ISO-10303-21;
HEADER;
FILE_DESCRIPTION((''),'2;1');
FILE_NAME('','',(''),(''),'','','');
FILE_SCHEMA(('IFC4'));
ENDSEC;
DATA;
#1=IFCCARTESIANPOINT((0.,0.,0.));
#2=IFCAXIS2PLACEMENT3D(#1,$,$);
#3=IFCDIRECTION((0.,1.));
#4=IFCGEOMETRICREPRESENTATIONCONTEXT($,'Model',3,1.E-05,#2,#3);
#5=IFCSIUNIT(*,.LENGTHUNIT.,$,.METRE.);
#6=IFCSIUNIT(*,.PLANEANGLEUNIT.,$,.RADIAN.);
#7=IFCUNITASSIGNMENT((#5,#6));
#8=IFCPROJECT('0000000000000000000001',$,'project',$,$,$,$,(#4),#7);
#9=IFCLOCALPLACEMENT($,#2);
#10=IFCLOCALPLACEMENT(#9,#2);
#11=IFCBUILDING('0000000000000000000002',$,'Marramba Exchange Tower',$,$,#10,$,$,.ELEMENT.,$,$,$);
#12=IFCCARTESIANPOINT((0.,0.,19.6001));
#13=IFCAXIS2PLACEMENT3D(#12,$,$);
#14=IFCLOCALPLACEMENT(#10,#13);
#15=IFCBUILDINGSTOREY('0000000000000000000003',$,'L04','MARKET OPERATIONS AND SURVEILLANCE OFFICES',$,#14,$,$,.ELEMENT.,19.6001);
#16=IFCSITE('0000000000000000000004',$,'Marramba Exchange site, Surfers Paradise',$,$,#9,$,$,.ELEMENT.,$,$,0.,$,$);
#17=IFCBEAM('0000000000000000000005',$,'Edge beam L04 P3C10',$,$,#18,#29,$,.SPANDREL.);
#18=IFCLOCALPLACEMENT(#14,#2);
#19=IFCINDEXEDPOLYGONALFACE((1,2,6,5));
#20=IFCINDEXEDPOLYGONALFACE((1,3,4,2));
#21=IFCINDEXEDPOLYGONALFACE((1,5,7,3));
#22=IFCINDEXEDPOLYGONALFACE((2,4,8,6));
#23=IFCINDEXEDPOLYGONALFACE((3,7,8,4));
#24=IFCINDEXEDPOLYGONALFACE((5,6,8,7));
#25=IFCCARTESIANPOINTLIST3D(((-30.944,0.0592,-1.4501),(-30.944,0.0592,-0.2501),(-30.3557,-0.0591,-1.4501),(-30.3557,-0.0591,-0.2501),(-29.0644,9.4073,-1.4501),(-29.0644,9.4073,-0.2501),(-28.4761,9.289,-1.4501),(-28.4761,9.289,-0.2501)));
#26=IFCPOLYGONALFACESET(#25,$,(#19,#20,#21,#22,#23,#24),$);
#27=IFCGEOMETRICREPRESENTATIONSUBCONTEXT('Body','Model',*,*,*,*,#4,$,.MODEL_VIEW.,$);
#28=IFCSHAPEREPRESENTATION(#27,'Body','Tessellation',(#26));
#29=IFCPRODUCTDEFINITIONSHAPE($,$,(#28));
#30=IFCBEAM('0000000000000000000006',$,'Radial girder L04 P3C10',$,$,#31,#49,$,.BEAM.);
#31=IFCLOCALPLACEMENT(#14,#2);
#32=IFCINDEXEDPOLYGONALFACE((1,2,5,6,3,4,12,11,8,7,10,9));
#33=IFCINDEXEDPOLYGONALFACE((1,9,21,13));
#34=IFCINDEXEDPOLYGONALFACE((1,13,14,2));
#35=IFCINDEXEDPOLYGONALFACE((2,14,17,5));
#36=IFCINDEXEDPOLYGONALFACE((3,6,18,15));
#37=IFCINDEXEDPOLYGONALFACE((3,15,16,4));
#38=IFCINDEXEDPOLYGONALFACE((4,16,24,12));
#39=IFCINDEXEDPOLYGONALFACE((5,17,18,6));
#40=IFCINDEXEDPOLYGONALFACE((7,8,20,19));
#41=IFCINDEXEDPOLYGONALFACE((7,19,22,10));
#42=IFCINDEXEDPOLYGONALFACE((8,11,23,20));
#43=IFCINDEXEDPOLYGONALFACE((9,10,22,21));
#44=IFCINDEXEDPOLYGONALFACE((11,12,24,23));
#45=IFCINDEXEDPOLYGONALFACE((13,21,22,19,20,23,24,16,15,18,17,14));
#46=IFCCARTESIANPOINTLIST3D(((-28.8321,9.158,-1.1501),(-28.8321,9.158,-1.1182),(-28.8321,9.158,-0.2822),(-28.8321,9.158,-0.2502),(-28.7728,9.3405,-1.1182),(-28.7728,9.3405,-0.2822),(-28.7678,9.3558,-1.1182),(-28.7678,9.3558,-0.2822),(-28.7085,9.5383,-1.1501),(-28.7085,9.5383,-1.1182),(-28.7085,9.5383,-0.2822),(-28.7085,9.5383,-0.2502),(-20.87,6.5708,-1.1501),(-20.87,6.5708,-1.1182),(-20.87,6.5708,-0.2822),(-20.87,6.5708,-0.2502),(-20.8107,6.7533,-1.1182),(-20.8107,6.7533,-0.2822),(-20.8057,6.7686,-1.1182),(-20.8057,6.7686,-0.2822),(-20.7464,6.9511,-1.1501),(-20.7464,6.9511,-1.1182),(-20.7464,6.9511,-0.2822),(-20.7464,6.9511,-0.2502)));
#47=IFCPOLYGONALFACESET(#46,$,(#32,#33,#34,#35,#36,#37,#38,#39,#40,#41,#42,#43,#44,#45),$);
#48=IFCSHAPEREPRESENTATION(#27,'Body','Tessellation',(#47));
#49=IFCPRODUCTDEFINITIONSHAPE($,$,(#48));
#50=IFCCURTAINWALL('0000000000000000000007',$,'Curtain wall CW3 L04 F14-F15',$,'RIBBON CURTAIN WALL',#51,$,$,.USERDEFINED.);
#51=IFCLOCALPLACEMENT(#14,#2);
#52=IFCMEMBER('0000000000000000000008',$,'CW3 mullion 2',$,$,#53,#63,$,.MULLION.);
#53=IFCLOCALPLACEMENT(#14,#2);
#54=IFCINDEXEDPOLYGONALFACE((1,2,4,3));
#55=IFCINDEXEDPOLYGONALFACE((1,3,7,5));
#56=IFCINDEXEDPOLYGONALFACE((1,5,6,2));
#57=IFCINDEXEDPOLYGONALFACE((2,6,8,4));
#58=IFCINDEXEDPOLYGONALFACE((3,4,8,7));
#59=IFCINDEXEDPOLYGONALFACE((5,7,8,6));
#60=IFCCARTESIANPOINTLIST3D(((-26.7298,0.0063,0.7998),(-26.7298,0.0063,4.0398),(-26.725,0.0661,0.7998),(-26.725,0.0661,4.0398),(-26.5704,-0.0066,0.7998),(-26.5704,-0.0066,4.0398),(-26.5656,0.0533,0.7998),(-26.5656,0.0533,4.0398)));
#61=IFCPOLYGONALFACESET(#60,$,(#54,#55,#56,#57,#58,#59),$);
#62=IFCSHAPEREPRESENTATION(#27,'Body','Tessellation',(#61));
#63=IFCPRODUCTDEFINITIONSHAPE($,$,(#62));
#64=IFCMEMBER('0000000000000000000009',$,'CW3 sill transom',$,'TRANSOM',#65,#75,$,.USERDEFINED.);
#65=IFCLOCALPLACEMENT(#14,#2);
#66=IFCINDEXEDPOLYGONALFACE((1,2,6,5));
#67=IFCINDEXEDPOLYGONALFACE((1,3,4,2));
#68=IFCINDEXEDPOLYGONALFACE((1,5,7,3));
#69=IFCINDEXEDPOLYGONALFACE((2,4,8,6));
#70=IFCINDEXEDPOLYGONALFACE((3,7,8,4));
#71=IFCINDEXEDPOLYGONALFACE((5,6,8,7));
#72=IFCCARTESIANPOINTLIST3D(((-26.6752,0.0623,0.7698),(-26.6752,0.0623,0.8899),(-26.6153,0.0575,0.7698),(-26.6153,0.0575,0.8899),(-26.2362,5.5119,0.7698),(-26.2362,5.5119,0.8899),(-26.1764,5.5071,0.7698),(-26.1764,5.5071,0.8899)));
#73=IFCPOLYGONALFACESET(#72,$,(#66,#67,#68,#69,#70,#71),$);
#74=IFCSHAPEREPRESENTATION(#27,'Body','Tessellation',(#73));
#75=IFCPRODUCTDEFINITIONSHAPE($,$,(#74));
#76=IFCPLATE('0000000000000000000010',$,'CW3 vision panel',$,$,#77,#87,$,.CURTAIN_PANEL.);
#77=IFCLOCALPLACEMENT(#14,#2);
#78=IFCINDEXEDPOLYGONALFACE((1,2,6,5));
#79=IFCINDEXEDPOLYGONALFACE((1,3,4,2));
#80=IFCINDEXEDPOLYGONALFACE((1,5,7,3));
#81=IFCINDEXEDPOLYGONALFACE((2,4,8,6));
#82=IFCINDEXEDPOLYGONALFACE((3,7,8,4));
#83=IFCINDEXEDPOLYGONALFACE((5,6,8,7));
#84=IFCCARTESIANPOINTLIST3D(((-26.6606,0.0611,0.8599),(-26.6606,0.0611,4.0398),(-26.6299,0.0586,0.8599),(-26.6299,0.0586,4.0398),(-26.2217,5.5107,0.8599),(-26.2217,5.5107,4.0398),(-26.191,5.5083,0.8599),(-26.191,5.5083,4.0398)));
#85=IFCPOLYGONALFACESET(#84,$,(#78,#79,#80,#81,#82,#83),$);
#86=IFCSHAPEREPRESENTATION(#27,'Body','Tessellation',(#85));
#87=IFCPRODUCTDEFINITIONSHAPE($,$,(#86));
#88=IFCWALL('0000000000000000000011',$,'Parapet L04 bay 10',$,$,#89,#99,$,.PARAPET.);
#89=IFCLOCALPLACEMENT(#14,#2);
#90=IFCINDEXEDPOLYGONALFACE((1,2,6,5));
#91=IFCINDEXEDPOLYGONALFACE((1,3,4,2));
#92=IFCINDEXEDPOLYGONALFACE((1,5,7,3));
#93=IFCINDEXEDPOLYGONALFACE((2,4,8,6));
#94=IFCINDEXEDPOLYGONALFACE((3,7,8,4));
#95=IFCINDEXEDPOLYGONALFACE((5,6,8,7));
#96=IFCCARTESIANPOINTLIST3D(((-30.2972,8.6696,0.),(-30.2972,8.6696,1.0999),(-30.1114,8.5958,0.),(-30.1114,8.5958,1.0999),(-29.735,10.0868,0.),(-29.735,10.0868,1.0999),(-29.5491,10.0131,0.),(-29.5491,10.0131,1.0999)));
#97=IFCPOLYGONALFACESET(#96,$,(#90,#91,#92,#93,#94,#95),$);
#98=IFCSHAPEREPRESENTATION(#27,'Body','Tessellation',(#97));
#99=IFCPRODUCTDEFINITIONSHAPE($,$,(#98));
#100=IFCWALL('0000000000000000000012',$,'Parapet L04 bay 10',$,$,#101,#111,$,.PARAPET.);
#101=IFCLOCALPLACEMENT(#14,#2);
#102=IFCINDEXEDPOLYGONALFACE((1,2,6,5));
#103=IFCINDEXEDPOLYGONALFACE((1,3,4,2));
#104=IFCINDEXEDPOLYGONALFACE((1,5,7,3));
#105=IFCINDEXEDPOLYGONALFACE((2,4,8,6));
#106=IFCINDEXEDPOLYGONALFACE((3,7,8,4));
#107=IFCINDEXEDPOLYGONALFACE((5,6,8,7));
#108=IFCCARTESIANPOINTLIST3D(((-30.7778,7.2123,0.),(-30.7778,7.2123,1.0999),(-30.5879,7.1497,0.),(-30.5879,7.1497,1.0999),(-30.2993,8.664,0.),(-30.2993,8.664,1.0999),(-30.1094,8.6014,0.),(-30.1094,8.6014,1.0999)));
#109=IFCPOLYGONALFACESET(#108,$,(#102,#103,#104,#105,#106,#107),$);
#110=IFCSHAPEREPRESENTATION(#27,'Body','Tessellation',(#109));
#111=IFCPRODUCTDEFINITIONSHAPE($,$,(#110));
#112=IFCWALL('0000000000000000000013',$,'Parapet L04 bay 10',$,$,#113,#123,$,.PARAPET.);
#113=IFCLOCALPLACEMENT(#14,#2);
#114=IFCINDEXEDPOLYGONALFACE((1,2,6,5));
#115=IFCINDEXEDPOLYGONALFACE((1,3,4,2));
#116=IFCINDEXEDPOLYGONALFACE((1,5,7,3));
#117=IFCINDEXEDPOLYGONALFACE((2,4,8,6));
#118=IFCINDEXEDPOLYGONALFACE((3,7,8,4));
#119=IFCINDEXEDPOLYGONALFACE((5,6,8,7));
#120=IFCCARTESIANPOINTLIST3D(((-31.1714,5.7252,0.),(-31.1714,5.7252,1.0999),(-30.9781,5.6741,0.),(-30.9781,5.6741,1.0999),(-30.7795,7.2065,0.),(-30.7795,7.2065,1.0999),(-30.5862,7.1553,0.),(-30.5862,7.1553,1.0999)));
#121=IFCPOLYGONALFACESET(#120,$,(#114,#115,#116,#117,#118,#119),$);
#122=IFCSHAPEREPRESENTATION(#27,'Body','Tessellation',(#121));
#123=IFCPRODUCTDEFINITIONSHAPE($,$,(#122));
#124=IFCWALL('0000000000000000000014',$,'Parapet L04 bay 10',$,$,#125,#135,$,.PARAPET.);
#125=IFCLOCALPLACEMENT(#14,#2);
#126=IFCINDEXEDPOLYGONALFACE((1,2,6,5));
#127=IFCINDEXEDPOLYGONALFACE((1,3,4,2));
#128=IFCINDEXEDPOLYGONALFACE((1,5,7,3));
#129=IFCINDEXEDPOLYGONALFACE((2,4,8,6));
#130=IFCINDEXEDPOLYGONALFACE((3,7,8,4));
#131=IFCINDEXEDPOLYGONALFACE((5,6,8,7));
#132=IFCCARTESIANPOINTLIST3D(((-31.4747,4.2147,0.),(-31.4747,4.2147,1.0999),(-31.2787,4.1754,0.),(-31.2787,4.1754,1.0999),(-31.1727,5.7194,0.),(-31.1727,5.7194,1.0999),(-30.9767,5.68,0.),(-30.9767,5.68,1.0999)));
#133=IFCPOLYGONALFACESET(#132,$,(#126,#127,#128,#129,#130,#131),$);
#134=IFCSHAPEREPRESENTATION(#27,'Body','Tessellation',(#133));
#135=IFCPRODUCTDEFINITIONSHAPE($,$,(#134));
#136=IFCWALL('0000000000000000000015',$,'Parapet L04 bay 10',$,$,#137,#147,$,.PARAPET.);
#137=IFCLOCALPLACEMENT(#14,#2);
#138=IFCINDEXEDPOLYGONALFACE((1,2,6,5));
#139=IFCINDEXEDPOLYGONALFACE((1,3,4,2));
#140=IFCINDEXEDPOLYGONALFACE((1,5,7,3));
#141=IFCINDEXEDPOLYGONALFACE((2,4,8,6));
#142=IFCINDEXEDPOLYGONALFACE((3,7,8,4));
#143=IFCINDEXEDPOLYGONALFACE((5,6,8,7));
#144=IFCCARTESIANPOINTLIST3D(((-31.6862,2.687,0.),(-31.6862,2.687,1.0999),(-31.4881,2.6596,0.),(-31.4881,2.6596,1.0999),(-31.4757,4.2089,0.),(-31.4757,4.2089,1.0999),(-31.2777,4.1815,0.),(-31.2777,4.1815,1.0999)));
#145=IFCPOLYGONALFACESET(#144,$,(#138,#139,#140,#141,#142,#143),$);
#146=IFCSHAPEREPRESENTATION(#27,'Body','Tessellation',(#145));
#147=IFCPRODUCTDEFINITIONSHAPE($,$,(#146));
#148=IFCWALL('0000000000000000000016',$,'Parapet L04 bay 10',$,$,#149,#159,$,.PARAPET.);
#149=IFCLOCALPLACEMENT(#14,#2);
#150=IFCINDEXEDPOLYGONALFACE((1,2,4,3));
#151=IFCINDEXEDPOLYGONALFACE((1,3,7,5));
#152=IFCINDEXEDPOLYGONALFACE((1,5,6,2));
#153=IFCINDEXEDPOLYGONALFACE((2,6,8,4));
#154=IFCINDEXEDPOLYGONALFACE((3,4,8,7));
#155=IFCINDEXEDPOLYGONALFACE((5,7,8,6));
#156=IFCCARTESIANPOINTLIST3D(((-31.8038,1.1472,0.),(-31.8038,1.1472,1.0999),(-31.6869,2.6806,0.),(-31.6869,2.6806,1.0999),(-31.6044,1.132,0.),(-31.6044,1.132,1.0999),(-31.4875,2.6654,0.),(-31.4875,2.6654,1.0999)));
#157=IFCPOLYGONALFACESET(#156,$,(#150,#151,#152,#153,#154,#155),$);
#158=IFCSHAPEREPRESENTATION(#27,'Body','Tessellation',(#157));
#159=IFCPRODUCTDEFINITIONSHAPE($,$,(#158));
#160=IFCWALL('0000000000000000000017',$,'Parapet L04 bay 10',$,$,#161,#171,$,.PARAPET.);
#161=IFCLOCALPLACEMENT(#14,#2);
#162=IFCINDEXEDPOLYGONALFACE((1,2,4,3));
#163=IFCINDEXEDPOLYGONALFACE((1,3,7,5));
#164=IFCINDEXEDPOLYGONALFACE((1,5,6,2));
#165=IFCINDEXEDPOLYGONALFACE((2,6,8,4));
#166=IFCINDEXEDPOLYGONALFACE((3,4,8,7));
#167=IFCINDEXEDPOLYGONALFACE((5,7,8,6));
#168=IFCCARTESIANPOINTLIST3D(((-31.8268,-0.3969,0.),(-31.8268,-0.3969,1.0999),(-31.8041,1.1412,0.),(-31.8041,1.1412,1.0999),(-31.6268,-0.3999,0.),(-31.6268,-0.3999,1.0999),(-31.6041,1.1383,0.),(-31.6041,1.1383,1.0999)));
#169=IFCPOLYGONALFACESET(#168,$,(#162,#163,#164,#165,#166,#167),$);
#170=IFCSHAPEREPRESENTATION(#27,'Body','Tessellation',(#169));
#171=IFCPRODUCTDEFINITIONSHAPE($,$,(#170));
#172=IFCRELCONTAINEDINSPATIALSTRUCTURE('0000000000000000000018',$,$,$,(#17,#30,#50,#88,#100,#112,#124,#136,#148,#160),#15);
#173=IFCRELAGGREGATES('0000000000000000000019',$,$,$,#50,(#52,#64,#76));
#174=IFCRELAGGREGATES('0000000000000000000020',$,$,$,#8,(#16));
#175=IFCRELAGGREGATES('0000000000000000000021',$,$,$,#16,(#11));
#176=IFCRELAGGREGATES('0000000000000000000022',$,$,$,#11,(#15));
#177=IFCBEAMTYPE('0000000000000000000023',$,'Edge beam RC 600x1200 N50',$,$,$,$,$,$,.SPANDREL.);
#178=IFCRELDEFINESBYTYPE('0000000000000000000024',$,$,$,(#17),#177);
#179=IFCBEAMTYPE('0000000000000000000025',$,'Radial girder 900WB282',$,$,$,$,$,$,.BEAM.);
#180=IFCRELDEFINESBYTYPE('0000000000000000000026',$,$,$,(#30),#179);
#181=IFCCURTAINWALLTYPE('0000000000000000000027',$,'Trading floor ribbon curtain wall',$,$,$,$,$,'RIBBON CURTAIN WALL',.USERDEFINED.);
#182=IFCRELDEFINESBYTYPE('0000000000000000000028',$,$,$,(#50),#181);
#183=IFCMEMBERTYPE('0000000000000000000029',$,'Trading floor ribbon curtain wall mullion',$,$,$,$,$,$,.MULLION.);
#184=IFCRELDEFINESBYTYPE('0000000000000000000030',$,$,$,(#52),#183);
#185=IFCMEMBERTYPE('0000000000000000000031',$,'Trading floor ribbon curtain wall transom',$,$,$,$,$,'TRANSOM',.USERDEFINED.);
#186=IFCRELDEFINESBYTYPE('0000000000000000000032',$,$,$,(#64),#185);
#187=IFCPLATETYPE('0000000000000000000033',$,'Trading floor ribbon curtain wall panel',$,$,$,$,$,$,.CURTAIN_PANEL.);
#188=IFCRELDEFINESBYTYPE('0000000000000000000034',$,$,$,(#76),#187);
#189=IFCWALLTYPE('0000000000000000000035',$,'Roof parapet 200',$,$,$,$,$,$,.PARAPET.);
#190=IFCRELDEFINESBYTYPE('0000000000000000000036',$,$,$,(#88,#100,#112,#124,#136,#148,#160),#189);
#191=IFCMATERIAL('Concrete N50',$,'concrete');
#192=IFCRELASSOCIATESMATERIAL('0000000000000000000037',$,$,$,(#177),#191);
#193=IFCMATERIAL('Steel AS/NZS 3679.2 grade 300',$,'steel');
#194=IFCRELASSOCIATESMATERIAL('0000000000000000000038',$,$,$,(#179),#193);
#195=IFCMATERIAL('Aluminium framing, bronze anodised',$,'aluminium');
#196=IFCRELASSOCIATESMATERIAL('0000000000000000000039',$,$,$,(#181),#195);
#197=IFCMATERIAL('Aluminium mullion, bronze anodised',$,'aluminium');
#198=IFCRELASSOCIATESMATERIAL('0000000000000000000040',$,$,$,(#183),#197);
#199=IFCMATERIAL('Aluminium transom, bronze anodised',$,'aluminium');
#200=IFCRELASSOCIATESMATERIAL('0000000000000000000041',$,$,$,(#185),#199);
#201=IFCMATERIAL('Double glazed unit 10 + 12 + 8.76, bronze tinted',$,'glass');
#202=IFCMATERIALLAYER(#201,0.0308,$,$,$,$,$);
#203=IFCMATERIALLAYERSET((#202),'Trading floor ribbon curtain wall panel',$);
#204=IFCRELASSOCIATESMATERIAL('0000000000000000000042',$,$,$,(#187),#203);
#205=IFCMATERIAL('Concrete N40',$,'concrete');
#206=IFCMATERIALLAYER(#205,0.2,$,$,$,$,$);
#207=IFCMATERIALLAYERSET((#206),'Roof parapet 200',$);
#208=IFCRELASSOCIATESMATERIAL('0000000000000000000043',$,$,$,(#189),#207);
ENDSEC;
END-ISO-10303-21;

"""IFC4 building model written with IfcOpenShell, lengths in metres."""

from ifc_helpers import new_model, si_unit, direction, frame, frame_2d, origin, origin_2d, place, context, subcontext, project, spatial, rectangle, i_section, extrude, material, layer, layer_set, material_profile, profile_set, type_object, element, aggregate, save


model = new_model("IFC4")

# Units and contexts
model_context = context("Model", 3, precision=1e-05, world=origin(), true_north=direction((0.0, 1.0)))
body_context = subcontext(model_context, "Body", "Model", "MODEL_VIEW")
ifc_project = project(units=[si_unit("LENGTHUNIT", "METRE"), si_unit("PLANEANGLEUNIT", "RADIAN")], contexts=[model_context])

# Site, building, storey
site_placement = place(None, origin())
site = spatial("IfcSite", under=ifc_project, at=site_placement, Name="Marramba Exchange site, Surfers Paradise", CompositionType="ELEMENT", RefElevation=0.0)
building_placement = place(site_placement, origin())
building = spatial("IfcBuilding", under=site, at=building_placement, Name="Marramba Exchange Tower", CompositionType="ELEMENT")
storey_placement = place(building_placement, frame((0.0, 0.0, 19.6001)))
storey = spatial("IfcBuildingStorey", under=building, at=storey_placement, Name="L04", Description="MARKET OPERATIONS AND SURVEILLANCE OFFICES", CompositionType="ELEMENT", Elevation=19.6001)

# Beams
ifc_material_1 = material(Name="Concrete N50", Category="concrete")
ifc_material_profile_1 = material_profile(ifc_material_1, rectangle(XDim=0.6001, YDim=1.2, at=origin_2d()), Name="RC 600x1200")
ifc_profile_set_1 = profile_set([ifc_material_profile_1], Name="Concrete N50")
beam_type_1 = type_object("IfcBeamType", Name="Edge beam RC 600x1200 N50", PredefinedType="SPANDREL", material=ifc_profile_set_1)
beam_1_placement = place(storey_placement, frame((-28.7703, 9.3481, -0.8501), z_axis=(-0.197125, -0.980378, 0.0), x_axis=(0.980378, -0.197125, 0.0)))
element("IfcBeam", 1, at=beam_1_placement, inside=storey, type_object=beam_type_1, Name="Edge beam L04 P3C10", PredefinedType="SPANDREL", context=body_context, shape_type="SweptSolid", body=[
    extrude(rectangle(XDim=0.6001, YDim=1.2, at=origin_2d()), origin(), (0.0, 0.0, 1.0), 9.5352),
])
ifc_material_2 = material(Name="Steel AS/NZS 3679.2 grade 300", Category="steel")
ifc_material_profile_2 = material_profile(ifc_material_2, i_section(OverallWidth=0.3999, OverallDepth=0.8999, WebThickness=0.0161, FlangeThickness=0.032, at=origin_2d()), Name="900WB282")
ifc_profile_set_2 = profile_set([ifc_material_profile_2], Name="Steel AS/NZS 3679.2 grade 300")
beam_type_2 = type_object("IfcBeamType", Name="Radial girder 900WB282", PredefinedType="BEAM", material=ifc_profile_set_2)
beam_2_placement = place(storey_placement, frame((-28.7703, 9.3481, -0.7002), z_axis=(0.95105, -0.309036, 0.0), x_axis=(0.309036, 0.95105, 0.0)))
element("IfcBeam", 2, at=beam_2_placement, inside=storey, type_object=beam_type_2, Name="Radial girder L04 P3C10", PredefinedType="BEAM", context=body_context, shape_type="SweptSolid", body=[
    extrude(i_section(OverallWidth=0.3999, OverallDepth=0.8999, WebThickness=0.0161, FlangeThickness=0.032, at=origin_2d()), origin(), (0.0, 0.0, 1.0), 8.3718),
])

# Curtain wall, members, plate
ifc_material_3 = material(Name="Aluminium framing, bronze anodised", Category="aluminium")
curtain_wall_type = type_object("IfcCurtainWallType", Name="Trading floor ribbon curtain wall", ElementType="RIBBON CURTAIN WALL", PredefinedType="USERDEFINED", material=ifc_material_3)
curtain_wall_placement = place(storey_placement, origin())
curtain_wall = element("IfcCurtainWall", 3, at=curtain_wall_placement, inside=storey, type_object=curtain_wall_type, Name="Curtain wall CW3 L04 F14-F15", ObjectType="RIBBON CURTAIN WALL", PredefinedType="USERDEFINED")
ifc_material_4 = material(Name="Aluminium mullion, bronze anodised", Category="aluminium")
ifc_material_profile_3 = material_profile(ifc_material_4, rectangle(XDim=0.1599, YDim=0.0601, at=origin_2d()), Name="CW3 mullion 60x160")
ifc_profile_set_3 = profile_set([ifc_material_profile_3], Name="Aluminium mullion, bronze anodised")
member_type_1 = type_object("IfcMemberType", Name="Trading floor ribbon curtain wall mullion", PredefinedType="MULLION", material=ifc_profile_set_3)
member_1_placement = place(storey_placement, frame((-26.6477, 0.0298, 0.7998), z_axis=(0.0, 0.0, 1.0), x_axis=(0.996773, -0.080275, 0.0)))
member_1 = element("IfcMember", 4, at=member_1_placement, type_object=member_type_1, Name="CW3 mullion 2", PredefinedType="MULLION", context=body_context, shape_type="SweptSolid", body=[
    extrude(rectangle(XDim=0.1599, YDim=0.0601, at=origin_2d()), origin(), (0.0, 0.0, 1.0), 3.24),
])
ifc_material_5 = material(Name="Aluminium transom, bronze anodised", Category="aluminium")
ifc_material_profile_4 = material_profile(ifc_material_5, rectangle(XDim=0.0601, YDim=0.1201, at=origin_2d()), Name="CW3 transom 60x120")
ifc_profile_set_4 = profile_set([ifc_material_profile_4], Name="Aluminium transom, bronze anodised")
member_type_2 = type_object("IfcMemberType", Name="Trading floor ribbon curtain wall transom", ElementType="TRANSOM", PredefinedType="USERDEFINED", material=ifc_profile_set_4)
member_2_placement = place(storey_placement, frame((-26.2063, 5.5095, 0.8298), z_axis=(-0.080288, -0.996772, 0.0), x_axis=(0.996772, -0.080288, 0.0)))
member_2 = element("IfcMember", 5, at=member_2_placement, type_object=member_type_2, Name="CW3 sill transom", ObjectType="TRANSOM", PredefinedType="USERDEFINED", context=body_context, shape_type="SweptSolid", body=[
    extrude(rectangle(XDim=0.0601, YDim=0.1201, at=origin_2d()), origin(), (0.0, 0.0, 1.0), 5.4673),
])
ifc_material_6 = material(Name="Double glazed unit 10 + 12 + 8.76, bronze tinted", Category="glass")
ifc_layer_1 = layer(ifc_material_6, 0.0308)
ifc_layer_set_1 = layer_set([ifc_layer_1], Name="Trading floor ribbon curtain wall panel")
plate_type = type_object("IfcPlateType", Name="Trading floor ribbon curtain wall panel", PredefinedType="CURTAIN_PANEL", material=ifc_layer_set_1)
plate_placement = place(storey_placement, frame((-26.4258, 2.7847, 0.8599), z_axis=(0.0, 0.0, 1.0), x_axis=(-0.080275, -0.996773, 0.0)))
plate = element("IfcPlate", 6, at=plate_placement, type_object=plate_type, Name="CW3 vision panel", PredefinedType="CURTAIN_PANEL", context=body_context, shape_type="SweptSolid", body=[
    extrude(rectangle(XDim=5.4673, YDim=0.0308, at=origin_2d()), origin(), (0.0, 0.0, 1.0), 3.1799),
])
aggregate(curtain_wall, [member_1, member_2, plate])

# Walls
ifc_material_7 = material(Name="Concrete N40", Category="concrete")
ifc_layer_2 = layer(ifc_material_7, 0.2)
ifc_layer_set_2 = layer_set([ifc_layer_2], Name="Roof parapet 200")
wall_type = type_object("IfcWallType", Name="Roof parapet 200", PredefinedType="PARAPET", material=ifc_layer_set_2)
wall_1_placement = place(storey_placement, frame((-29.6421, 10.0498, 0.0), z_axis=(0.0, 0.0, 1.0), x_axis=(-0.368766, -0.929522, 0.0)))
element("IfcWall", 7, at=wall_1_placement, inside=storey, type_object=wall_type, Name="Parapet L04 bay 10", PredefinedType="PARAPET", context=body_context, shape_type="SweptSolid", body=[
    extrude(rectangle(XDim=1.5247, YDim=0.2, at=frame_2d((0.7622, 0.0))), origin(), (0.0, 0.0, 1.0), 1.0999),
])
wall_2_placement = place(storey_placement, frame((-30.2043, 8.6326, 0.0), z_axis=(0.0, 0.0, 1.0), x_axis=(-0.313063, -0.949732, 0.0)))
element("IfcWall", 8, at=wall_2_placement, inside=storey, type_object=wall_type, Name="Parapet L04 bay 10", PredefinedType="PARAPET", context=body_context, shape_type="SweptSolid", body=[
    extrude(rectangle(XDim=1.5286, YDim=0.2, at=frame_2d((0.7642, 0.0))), origin(), (0.0, 0.0, 1.0), 1.0999),
])
wall_3_placement = place(storey_placement, frame((-30.6829, 7.1809, 0.0), z_axis=(0.0, 0.0, 1.0), x_axis=(-0.255748, -0.966743, 0.0)))
element("IfcWall", 9, at=wall_3_placement, inside=storey, type_object=wall_type, Name="Parapet L04 bay 10", PredefinedType="PARAPET", context=body_context, shape_type="SweptSolid", body=[
    extrude(rectangle(XDim=1.5322, YDim=0.2, at=frame_2d((0.7661, 0.0))), origin(), (0.0, 0.0, 1.0), 1.0999),
])
wall_4_placement = place(storey_placement, frame((-31.0747, 5.6997, 0.0), z_axis=(0.0, 0.0, 1.0), x_axis=(-0.196789, -0.980446, 0.0)))
element("IfcWall", 10, at=wall_4_placement, inside=storey, type_object=wall_type, Name="Parapet L04 bay 10", PredefinedType="PARAPET", context=body_context, shape_type="SweptSolid", body=[
    extrude(rectangle(XDim=1.5347, YDim=0.2, at=frame_2d((0.7673, 0.0))), origin(), (0.0, 0.0, 1.0), 1.0999),
])
wall_5_placement = place(storey_placement, frame((-31.3767, 4.1951, 0.0), z_axis=(0.0, 0.0, 1.0), x_axis=(-0.136971, -0.990575, 0.0)))
element("IfcWall", 11, at=wall_5_placement, inside=storey, type_object=wall_type, Name="Parapet L04 bay 10", PredefinedType="PARAPET", context=body_context, shape_type="SweptSolid", body=[
    extrude(rectangle(XDim=1.5364, YDim=0.2, at=frame_2d((0.7681, 0.0))), origin(), (0.0, 0.0, 1.0), 1.0999),
])
wall_6_placement = place(storey_placement, frame((-31.5872, 2.6731, 0.0), z_axis=(0.0, 0.0, 1.0), x_axis=(-0.076041, -0.997105, 0.0)))
element("IfcWall", 12, at=wall_6_placement, inside=storey, type_object=wall_type, Name="Parapet L04 bay 10", PredefinedType="PARAPET", context=body_context, shape_type="SweptSolid", body=[
    extrude(rectangle(XDim=1.5378, YDim=0.2, at=frame_2d((0.769, 0.0))), origin(), (0.0, 0.0, 1.0), 1.0999),
])
wall_7_placement = place(storey_placement, frame((-31.7041, 1.1396, 0.0), z_axis=(0.0, 0.0, 1.0), x_axis=(-0.01476, -0.999891, 0.0)))
element("IfcWall", 13, at=wall_7_placement, inside=storey, type_object=wall_type, Name="Parapet L04 bay 10", PredefinedType="PARAPET", context=body_context, shape_type="SweptSolid", body=[
    extrude(rectangle(XDim=1.5383, YDim=0.2, at=frame_2d((0.769, 0.0))), origin(), (0.0, 0.0, 1.0), 1.0999),
])

save(model, "model.ifc")
